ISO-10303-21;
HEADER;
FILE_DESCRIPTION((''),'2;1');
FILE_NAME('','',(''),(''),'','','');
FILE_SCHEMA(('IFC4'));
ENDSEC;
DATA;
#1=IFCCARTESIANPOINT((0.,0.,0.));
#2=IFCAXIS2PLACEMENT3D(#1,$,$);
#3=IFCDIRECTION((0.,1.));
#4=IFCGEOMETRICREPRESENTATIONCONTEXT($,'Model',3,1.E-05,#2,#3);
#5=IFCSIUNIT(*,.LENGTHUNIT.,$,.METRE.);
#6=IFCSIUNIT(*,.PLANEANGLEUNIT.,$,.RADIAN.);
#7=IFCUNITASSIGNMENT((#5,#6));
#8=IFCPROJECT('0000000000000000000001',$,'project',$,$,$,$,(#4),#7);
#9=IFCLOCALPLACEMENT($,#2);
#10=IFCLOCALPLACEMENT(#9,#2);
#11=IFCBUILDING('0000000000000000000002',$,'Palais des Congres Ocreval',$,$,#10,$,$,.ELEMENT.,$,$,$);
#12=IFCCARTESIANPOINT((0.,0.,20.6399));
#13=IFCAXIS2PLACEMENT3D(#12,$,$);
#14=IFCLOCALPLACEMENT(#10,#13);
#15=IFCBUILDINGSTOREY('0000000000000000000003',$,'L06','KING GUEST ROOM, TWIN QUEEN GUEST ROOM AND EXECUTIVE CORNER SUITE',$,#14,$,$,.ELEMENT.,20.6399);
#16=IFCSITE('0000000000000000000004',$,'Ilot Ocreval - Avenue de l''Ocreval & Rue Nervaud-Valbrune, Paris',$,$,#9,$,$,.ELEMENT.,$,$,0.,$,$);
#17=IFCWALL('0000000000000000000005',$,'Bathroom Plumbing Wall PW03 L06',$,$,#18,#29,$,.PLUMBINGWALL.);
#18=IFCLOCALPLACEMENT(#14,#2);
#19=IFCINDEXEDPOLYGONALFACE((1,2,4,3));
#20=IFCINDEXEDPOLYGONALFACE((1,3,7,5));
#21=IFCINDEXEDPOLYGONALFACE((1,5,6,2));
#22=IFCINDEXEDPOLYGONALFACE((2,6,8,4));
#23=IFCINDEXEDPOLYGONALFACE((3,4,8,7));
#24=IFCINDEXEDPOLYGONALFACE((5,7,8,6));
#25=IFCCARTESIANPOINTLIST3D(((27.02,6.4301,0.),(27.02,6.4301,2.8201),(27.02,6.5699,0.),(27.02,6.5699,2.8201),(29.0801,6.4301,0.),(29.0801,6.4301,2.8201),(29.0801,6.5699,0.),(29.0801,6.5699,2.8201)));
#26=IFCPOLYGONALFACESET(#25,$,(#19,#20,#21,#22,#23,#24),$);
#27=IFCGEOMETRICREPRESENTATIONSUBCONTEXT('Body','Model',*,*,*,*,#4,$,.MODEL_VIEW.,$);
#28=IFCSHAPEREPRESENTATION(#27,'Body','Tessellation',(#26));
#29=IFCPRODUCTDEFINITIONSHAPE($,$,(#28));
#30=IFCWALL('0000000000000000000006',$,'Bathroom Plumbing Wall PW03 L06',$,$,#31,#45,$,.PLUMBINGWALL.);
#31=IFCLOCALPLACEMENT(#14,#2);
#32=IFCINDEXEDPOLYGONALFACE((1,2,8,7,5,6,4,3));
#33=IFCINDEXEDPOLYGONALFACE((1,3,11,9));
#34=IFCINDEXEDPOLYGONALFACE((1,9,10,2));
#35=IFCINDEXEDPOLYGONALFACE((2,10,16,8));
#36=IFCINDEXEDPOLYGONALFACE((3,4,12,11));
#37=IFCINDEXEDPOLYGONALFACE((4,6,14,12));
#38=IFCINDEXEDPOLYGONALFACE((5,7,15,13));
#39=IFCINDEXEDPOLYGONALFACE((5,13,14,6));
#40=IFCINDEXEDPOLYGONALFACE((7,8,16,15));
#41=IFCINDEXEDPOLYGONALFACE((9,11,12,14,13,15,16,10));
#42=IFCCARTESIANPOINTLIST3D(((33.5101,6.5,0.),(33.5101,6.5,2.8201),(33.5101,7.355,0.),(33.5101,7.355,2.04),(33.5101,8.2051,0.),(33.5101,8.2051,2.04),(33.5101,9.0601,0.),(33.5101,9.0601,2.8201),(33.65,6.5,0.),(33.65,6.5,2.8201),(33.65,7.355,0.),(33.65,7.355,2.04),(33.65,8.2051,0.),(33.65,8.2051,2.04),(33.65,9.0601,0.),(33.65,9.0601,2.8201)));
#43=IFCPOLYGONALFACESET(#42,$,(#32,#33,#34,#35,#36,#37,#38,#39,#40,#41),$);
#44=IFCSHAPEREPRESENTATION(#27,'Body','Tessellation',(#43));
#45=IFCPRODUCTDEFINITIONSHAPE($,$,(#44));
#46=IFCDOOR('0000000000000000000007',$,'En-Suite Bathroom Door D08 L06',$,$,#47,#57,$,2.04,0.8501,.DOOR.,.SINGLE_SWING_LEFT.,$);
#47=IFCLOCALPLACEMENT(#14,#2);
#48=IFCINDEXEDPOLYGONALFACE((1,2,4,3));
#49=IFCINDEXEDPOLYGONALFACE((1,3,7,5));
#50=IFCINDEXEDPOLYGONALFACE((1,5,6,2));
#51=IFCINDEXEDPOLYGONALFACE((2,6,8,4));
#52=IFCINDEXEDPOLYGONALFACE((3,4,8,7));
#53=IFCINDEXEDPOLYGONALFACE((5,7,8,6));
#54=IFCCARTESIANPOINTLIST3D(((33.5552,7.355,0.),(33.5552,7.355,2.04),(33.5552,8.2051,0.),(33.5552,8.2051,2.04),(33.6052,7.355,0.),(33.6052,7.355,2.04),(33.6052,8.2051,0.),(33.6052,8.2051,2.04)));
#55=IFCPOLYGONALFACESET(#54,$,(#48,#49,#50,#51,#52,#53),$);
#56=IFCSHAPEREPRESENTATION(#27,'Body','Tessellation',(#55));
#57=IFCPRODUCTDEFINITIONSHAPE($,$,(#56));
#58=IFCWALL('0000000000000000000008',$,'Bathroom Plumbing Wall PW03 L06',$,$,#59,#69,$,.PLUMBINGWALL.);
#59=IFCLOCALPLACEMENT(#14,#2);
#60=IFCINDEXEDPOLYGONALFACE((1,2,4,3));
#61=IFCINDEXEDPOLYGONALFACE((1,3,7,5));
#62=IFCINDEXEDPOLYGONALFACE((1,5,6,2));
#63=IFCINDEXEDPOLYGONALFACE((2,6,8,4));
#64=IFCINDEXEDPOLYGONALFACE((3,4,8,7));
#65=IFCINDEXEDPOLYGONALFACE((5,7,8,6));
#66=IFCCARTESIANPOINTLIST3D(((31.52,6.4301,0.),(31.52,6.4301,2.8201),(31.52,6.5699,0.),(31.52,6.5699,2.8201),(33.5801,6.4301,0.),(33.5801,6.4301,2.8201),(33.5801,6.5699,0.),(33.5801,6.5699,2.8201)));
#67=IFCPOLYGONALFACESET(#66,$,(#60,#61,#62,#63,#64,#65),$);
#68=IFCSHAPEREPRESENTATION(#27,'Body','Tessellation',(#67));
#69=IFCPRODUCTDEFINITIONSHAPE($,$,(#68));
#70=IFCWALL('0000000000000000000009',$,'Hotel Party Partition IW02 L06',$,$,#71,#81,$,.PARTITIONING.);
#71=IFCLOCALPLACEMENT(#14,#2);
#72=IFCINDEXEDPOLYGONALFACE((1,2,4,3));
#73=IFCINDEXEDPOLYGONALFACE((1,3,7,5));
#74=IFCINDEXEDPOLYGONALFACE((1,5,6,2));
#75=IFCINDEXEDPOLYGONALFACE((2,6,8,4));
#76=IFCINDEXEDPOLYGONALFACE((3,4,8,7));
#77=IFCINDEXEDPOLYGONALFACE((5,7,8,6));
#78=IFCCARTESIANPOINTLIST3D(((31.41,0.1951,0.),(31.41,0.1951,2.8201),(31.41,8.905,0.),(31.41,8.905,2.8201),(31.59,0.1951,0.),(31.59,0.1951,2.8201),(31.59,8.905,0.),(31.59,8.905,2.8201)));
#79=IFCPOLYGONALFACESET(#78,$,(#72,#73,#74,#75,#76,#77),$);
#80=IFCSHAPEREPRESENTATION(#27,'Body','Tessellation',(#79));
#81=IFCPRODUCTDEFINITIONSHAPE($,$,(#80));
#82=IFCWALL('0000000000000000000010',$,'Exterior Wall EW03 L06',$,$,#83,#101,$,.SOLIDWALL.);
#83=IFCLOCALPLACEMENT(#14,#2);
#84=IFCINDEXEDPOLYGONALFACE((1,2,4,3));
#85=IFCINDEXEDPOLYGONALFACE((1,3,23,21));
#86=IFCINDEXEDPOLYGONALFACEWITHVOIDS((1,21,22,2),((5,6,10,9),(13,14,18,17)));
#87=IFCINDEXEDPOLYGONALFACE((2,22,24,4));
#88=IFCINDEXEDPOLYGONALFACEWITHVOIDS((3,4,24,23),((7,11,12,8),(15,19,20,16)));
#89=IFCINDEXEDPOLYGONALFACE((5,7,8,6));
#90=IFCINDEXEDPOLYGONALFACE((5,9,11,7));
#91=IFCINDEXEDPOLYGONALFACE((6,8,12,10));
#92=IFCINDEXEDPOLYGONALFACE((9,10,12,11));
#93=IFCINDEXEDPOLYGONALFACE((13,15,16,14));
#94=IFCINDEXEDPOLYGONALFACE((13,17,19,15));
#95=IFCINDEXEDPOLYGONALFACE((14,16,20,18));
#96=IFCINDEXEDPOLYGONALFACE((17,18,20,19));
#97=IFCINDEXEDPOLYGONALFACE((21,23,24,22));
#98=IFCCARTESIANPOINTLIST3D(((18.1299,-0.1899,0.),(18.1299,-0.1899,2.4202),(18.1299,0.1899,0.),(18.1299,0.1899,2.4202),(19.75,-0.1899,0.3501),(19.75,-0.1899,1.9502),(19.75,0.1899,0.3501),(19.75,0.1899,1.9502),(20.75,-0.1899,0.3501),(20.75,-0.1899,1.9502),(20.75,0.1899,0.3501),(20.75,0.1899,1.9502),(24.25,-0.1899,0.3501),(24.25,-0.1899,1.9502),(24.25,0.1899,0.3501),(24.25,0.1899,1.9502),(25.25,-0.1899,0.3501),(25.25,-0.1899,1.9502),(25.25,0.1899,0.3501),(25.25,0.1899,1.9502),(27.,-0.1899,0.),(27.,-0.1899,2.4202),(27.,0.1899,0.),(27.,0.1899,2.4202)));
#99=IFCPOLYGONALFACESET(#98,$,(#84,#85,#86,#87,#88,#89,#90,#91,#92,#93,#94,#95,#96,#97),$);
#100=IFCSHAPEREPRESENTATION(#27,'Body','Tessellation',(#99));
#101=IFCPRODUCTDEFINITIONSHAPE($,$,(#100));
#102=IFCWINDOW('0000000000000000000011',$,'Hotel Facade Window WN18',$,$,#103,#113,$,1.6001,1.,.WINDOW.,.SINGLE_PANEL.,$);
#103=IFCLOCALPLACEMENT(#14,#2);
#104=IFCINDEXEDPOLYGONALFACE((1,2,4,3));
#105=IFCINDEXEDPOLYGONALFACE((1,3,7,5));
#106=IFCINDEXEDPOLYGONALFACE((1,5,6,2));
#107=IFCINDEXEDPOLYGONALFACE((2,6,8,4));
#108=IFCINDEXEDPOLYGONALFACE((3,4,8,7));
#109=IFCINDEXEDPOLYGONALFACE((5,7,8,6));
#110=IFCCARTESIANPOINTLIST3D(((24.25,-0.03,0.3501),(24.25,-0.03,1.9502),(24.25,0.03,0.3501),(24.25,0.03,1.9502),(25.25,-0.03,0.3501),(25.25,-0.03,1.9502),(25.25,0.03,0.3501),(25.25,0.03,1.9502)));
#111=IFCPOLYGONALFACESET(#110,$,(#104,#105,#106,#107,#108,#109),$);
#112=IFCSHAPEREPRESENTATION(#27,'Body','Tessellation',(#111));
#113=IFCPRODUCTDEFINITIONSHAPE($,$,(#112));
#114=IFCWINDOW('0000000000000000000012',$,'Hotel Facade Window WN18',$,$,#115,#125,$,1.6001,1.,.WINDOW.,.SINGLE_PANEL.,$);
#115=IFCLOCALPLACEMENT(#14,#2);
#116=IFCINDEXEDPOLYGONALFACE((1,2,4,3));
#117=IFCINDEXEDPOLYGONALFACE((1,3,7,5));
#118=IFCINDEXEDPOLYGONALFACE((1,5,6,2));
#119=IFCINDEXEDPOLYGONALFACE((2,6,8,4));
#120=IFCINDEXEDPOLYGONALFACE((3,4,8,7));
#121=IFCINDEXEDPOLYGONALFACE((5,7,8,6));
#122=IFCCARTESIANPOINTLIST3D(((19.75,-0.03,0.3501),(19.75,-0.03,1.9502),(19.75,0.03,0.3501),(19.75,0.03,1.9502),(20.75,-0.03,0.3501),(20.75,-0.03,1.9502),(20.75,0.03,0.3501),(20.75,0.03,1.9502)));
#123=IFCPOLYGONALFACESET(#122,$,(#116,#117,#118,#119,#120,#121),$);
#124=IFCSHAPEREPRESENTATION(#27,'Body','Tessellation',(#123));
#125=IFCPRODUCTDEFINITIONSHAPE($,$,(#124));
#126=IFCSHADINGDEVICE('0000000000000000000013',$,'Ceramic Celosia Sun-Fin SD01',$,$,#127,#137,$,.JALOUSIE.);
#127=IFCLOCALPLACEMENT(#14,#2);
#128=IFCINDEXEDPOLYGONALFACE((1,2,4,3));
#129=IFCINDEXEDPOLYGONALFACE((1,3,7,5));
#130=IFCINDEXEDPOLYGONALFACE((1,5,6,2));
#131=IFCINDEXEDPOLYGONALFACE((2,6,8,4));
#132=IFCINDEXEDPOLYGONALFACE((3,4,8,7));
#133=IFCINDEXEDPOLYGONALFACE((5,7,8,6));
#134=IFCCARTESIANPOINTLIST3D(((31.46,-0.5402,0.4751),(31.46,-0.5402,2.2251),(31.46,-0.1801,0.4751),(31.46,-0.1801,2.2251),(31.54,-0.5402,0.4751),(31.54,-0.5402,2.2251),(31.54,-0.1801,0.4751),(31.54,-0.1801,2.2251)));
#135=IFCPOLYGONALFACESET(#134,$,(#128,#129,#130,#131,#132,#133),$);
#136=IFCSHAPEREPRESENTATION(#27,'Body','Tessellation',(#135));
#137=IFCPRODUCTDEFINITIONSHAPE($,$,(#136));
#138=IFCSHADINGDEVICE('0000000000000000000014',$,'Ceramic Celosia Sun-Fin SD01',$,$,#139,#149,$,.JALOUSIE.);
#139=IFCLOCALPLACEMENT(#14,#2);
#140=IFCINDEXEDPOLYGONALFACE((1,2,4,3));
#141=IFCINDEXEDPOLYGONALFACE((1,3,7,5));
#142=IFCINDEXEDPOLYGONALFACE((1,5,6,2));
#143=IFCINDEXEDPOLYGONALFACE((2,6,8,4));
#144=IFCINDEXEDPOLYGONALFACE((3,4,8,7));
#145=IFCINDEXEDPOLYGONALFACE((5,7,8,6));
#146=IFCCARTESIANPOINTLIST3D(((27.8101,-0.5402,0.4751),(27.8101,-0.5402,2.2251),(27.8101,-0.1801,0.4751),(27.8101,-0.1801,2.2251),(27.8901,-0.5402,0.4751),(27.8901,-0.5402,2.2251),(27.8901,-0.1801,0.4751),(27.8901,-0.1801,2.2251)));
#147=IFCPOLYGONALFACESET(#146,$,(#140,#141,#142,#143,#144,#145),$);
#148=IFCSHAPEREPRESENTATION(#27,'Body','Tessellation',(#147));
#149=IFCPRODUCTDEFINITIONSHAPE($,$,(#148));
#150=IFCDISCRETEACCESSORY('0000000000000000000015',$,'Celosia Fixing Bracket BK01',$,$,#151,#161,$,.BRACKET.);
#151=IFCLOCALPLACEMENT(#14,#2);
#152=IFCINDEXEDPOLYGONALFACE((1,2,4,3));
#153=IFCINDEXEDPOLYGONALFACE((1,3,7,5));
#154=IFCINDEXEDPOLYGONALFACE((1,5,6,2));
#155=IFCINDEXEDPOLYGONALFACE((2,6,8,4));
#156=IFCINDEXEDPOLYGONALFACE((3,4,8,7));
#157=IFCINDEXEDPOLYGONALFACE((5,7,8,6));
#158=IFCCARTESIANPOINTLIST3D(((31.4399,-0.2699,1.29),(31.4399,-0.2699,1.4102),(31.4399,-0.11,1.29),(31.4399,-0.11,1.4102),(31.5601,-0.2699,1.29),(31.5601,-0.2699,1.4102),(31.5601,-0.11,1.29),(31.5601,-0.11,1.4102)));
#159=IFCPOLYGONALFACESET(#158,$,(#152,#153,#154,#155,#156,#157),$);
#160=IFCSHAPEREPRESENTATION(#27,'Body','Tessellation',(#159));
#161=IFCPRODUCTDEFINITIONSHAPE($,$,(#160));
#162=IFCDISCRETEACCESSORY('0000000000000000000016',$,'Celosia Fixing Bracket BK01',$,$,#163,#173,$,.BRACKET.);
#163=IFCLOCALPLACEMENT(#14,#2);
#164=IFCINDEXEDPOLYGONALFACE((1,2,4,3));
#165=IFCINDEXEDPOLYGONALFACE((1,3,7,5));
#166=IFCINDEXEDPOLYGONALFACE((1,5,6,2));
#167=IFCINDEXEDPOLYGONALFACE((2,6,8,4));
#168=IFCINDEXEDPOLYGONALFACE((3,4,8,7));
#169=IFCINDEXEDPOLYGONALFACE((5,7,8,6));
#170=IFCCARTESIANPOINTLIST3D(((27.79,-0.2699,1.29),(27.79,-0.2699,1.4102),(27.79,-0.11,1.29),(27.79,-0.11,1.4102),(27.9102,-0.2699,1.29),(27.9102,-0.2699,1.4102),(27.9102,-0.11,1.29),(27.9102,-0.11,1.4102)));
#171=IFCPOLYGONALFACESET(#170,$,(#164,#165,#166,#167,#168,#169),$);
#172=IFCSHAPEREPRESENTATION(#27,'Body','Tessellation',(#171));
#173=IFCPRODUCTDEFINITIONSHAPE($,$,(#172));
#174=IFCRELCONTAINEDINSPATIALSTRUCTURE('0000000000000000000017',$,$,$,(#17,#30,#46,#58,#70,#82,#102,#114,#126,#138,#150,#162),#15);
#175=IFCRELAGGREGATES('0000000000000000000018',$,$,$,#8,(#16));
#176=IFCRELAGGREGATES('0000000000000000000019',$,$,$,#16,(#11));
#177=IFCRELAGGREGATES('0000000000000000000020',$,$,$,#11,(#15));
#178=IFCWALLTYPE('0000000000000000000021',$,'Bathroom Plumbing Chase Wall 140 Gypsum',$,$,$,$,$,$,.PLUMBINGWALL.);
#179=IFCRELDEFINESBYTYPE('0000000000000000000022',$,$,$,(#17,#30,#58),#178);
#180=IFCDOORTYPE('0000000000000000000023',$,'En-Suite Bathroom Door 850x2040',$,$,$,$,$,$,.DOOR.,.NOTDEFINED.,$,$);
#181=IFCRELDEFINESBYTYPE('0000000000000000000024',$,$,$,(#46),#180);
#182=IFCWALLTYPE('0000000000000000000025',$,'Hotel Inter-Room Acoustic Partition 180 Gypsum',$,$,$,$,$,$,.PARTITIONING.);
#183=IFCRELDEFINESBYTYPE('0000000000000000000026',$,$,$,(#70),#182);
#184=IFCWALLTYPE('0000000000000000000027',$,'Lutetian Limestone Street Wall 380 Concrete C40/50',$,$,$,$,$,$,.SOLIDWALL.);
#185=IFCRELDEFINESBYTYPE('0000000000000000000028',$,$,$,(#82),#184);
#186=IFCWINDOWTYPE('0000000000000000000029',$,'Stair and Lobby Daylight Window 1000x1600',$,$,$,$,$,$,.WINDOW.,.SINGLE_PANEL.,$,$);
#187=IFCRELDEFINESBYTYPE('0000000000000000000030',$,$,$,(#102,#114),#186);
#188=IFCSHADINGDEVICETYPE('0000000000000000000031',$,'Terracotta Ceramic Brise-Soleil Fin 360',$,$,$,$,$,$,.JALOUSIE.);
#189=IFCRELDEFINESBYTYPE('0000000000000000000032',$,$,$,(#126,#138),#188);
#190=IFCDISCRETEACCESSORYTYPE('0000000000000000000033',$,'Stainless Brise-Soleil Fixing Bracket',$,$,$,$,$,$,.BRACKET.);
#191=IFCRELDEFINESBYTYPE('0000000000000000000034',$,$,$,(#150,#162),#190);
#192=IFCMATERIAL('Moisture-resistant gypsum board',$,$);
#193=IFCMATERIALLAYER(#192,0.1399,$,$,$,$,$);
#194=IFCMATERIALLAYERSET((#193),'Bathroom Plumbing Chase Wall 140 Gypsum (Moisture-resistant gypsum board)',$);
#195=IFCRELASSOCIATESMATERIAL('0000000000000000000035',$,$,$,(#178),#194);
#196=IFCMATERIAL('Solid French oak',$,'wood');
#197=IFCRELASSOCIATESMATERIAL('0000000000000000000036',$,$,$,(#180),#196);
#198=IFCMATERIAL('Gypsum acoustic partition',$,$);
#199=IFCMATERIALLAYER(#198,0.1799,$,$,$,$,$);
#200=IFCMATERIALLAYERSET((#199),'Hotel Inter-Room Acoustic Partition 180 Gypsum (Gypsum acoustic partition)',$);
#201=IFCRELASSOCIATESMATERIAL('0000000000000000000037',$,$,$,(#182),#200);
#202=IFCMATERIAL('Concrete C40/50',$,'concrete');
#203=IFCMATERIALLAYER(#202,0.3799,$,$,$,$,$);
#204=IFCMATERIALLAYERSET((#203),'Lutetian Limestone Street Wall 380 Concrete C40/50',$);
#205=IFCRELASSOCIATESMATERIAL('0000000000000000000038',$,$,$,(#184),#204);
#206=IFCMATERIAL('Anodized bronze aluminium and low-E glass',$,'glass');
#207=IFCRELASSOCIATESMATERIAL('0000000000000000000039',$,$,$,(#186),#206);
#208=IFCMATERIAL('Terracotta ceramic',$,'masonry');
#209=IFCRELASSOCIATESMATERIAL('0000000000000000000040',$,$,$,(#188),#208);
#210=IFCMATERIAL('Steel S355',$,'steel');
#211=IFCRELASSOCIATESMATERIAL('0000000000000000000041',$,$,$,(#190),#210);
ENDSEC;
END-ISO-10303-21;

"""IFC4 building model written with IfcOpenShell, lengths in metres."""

from ifc_helpers import new_model, si_unit, direction, frame, frame_2d, origin, origin_2d, place, context, subcontext, project, spatial, rectangle, extrude, material, layer, layer_set, type_object, element, fill, save


model = new_model("IFC4")

# Units and contexts
model_context = context("Model", 3, precision=1e-05, world=origin(), true_north=direction((0.0, 1.0)))
body_context = subcontext(model_context, "Body", "Model", "MODEL_VIEW")
ifc_project = project(units=[si_unit("LENGTHUNIT", "METRE"), si_unit("PLANEANGLEUNIT", "RADIAN")], contexts=[model_context])

# Site, building, storey
site_placement = place(None, origin())
site = spatial("IfcSite", under=ifc_project, at=site_placement, Name="Ilot Ocreval - Avenue de l'Ocreval & Rue Nervaud-Valbrune, Paris", CompositionType="ELEMENT", RefElevation=0.0)
building_placement = place(site_placement, origin())
building = spatial("IfcBuilding", under=site, at=building_placement, Name="Palais des Congres Ocreval", CompositionType="ELEMENT")
storey_placement = place(building_placement, frame((0.0, 0.0, 20.6399)))
storey = spatial("IfcBuildingStorey", under=building, at=storey_placement, Name="L06", Description="KING GUEST ROOM, TWIN QUEEN GUEST ROOM AND EXECUTIVE CORNER SUITE", CompositionType="ELEMENT", Elevation=20.6399)

# Shared definitions
ifc_material_1 = material(Name="Steel S355", Category="steel")
ifc_material_2 = material(Name="Concrete C40/50", Category="concrete")

# Shared definitions
ifc_material_3 = material(Name="Moisture-resistant gypsum board")
ifc_layer_1 = layer(ifc_material_3, 0.1399)
ifc_layer_set_1 = layer_set([ifc_layer_1], Name="Bathroom Plumbing Chase Wall 140 Gypsum (Moisture-resistant gypsum board)")
wall_type_1 = type_object("IfcWallType", Name="Bathroom Plumbing Chase Wall 140 Gypsum", PredefinedType="PLUMBINGWALL", material=ifc_layer_set_1)
ifc_material_4 = material(Name="Solid French oak", Category="wood")
door_type = type_object("IfcDoorType", Name="En-Suite Bathroom Door 850x2040", OperationType="NOTDEFINED", PredefinedType="DOOR", material=ifc_material_4)

# Wall
wall_1_placement = place(storey_placement, frame((27.02, 6.5, 0.0), z_axis=(0.0, 0.0, 1.0), x_axis=(1.0, 0.0, 0.0)))
element("IfcWall", 1, at=wall_1_placement, inside=storey, type_object=wall_type_1, Name="Bathroom Plumbing Wall PW03 L06", PredefinedType="PLUMBINGWALL", context=body_context, shape_type="SweptSolid", body=[
    extrude(rectangle(XDim=2.0601, YDim=0.1399, at=frame_2d((1.03, 0.0))), origin(), (0.0, 0.0, 1.0), 2.8201),
])

# Wall, opening, door
wall_2_placement = place(storey_placement, frame((33.5801, 6.5, 0.0), z_axis=(0.0, 0.0, 1.0), x_axis=(0.0, 1.0, 0.0)))
wall_2 = element("IfcWall", 2, at=wall_2_placement, inside=storey, type_object=wall_type_1, Name="Bathroom Plumbing Wall PW03 L06", PredefinedType="PLUMBINGWALL", context=body_context, shape_type="SweptSolid", body=[
    extrude(rectangle(XDim=2.5601, YDim=0.1399, at=frame_2d((1.28, 0.0))), origin(), (0.0, 0.0, 1.0), 2.8201),
])
opening_1_placement = place(wall_2_placement, frame((0.855, 0.0, 0.0)))
opening_1 = element("IfcOpeningElement", 3, at=opening_1_placement, cuts=wall_2, PredefinedType="OPENING", context=body_context, shape_type="SweptSolid", body=[
    extrude(rectangle(XDim=0.8501, YDim=2.04, at=frame_2d((0.425, 1.02))), frame((0.0, 0.0798, 0.0), z_axis=(0.0, -1.0, 0.0), x_axis=(1.0, 0.0, 0.0)), (0.0, 0.0, 1.0), 0.1599),
])
door_1_placement = place(opening_1_placement, origin())
door_1 = element("IfcDoor", 4, at=door_1_placement, inside=storey, type_object=door_type, Name="En-Suite Bathroom Door D08 L06", OperationType="SINGLE_SWING_LEFT", OverallHeight=2.04, OverallWidth=0.8501, PredefinedType="DOOR", context=body_context, shape_type="SweptSolid", body=[
    extrude(rectangle(XDim=0.8501, YDim=2.04, at=frame_2d((0.425, 1.02))), frame((0.0, 0.0249, 0.0), z_axis=(0.0, -1.0, 0.0), x_axis=(1.0, 0.0, 0.0)), (0.0, 0.0, 1.0), 0.05),
])
fill(opening_1, door_1)

# Walls
wall_3_placement = place(storey_placement, frame((31.52, 6.5, 0.0), z_axis=(0.0, 0.0, 1.0), x_axis=(1.0, 0.0, 0.0)))
element("IfcWall", 5, at=wall_3_placement, inside=storey, type_object=wall_type_1, Name="Bathroom Plumbing Wall PW03 L06", PredefinedType="PLUMBINGWALL", context=body_context, shape_type="SweptSolid", body=[
    extrude(rectangle(XDim=2.0601, YDim=0.1399, at=frame_2d((1.03, 0.0))), origin(), (0.0, 0.0, 1.0), 2.8201),
])
ifc_material_5 = material(Name="Gypsum acoustic partition")
ifc_layer_2 = layer(ifc_material_5, 0.1799)
ifc_layer_set_2 = layer_set([ifc_layer_2], Name="Hotel Inter-Room Acoustic Partition 180 Gypsum (Gypsum acoustic partition)")
wall_type_2 = type_object("IfcWallType", Name="Hotel Inter-Room Acoustic Partition 180 Gypsum", PredefinedType="PARTITIONING", material=ifc_layer_set_2)
wall_4_placement = place(storey_placement, frame((31.5, 0.1951, 0.0), z_axis=(0.0, 0.0, 1.0), x_axis=(0.0, 1.0, 0.0)))
element("IfcWall", 6, at=wall_4_placement, inside=storey, type_object=wall_type_2, Name="Hotel Party Partition IW02 L06", PredefinedType="PARTITIONING", context=body_context, shape_type="SweptSolid", body=[
    extrude(rectangle(XDim=8.71, YDim=0.1799, at=frame_2d((4.355, 0.0))), origin(), (0.0, 0.0, 1.0), 2.8201),
])

# Wall, openings, windows
ifc_layer_3 = layer(ifc_material_2, 0.3799)
ifc_layer_set_3 = layer_set([ifc_layer_3], Name="Lutetian Limestone Street Wall 380 Concrete C40/50")
wall_type_3 = type_object("IfcWallType", Name="Lutetian Limestone Street Wall 380 Concrete C40/50", PredefinedType="SOLIDWALL", material=ifc_layer_set_3)
wall_5_placement = place(storey_placement, frame((27.0, 0.0, 0.0), z_axis=(0.0, 0.0, 1.0), x_axis=(-1.0, 0.0, 0.0)))
wall_5 = element("IfcWall", 7, at=wall_5_placement, inside=storey, type_object=wall_type_3, Name="Exterior Wall EW03 L06", PredefinedType="SOLIDWALL", context=body_context, shape_type="SweptSolid", body=[
    extrude(rectangle(XDim=8.8701, YDim=0.3799, at=frame_2d((4.4351, 0.0))), origin(), (0.0, 0.0, 1.0), 2.4202),
])
opening_2_placement = place(wall_5_placement, frame((1.75, 0.0, 0.3501)))
opening_2 = element("IfcOpeningElement", 8, at=opening_2_placement, cuts=wall_5, PredefinedType="OPENING", context=body_context, shape_type="SweptSolid", body=[
    extrude(rectangle(XDim=1.0, YDim=1.6001, at=frame_2d((0.5, 0.8))), frame((0.0, 0.2, 0.0), z_axis=(0.0, -1.0, 0.0), x_axis=(1.0, 0.0, 0.0)), (0.0, 0.0, 1.0), 0.3999),
])
opening_3_placement = place(wall_5_placement, frame((6.25, 0.0, 0.3501)))
opening_3 = element("IfcOpeningElement", 9, at=opening_3_placement, cuts=wall_5, PredefinedType="OPENING", context=body_context, shape_type="SweptSolid", body=[
    extrude(rectangle(XDim=1.0, YDim=1.6001, at=frame_2d((0.5, 0.8))), frame((0.0, 0.2, 0.0), z_axis=(0.0, -1.0, 0.0), x_axis=(1.0, 0.0, 0.0)), (0.0, 0.0, 1.0), 0.3999),
])
ifc_material_6 = material(Name="Anodized bronze aluminium and low-E glass", Category="glass")
window_type = type_object("IfcWindowType", Name="Stair and Lobby Daylight Window 1000x1600", PartitioningType="SINGLE_PANEL", PredefinedType="WINDOW", material=ifc_material_6)
window_1_placement = place(opening_2_placement, origin())
window_1 = element("IfcWindow", 10, at=window_1_placement, inside=storey, type_object=window_type, Name="Hotel Facade Window WN18", OverallHeight=1.6001, OverallWidth=1.0, PartitioningType="SINGLE_PANEL", PredefinedType="WINDOW", context=body_context, shape_type="SweptSolid", body=[
    extrude(rectangle(XDim=1.0, YDim=1.6001, at=frame_2d((0.5, 0.8))), frame((0.0, 0.03, 0.0), z_axis=(0.0, -1.0, 0.0), x_axis=(1.0, 0.0, 0.0)), (0.0, 0.0, 1.0), 0.0601),
])
fill(opening_2, window_1)
window_2_placement = place(opening_3_placement, origin())
window_2 = element("IfcWindow", 11, at=window_2_placement, inside=storey, type_object=window_type, Name="Hotel Facade Window WN18", OverallHeight=1.6001, OverallWidth=1.0, PartitioningType="SINGLE_PANEL", PredefinedType="WINDOW", context=body_context, shape_type="SweptSolid", body=[
    extrude(rectangle(XDim=1.0, YDim=1.6001, at=frame_2d((0.5, 0.8))), frame((0.0, 0.03, 0.0), z_axis=(0.0, -1.0, 0.0), x_axis=(1.0, 0.0, 0.0)), (0.0, 0.0, 1.0), 0.0601),
])
fill(opening_3, window_2)

# Shading devices
ifc_material_7 = material(Name="Terracotta ceramic", Category="masonry")
shading_device_type = type_object("IfcShadingDeviceType", Name="Terracotta Ceramic Brise-Soleil Fin 360", PredefinedType="JALOUSIE", material=ifc_material_7)
for number, where, z_axis, x_axis, name in (
    (12, (31.5, -0.3601, 0.4751), (0.0, 0.0, 1.0), (0.0, -1.0, 0.0), "Ceramic Celosia Sun-Fin SD01"),
    (13, (27.8501, -0.3601, 0.4751), (0.0, 0.0, 1.0), (0.0, -1.0, 0.0), "Ceramic Celosia Sun-Fin SD01"),
):
    element("IfcShadingDevice", number, at=place(storey_placement, frame(where, z_axis=z_axis, x_axis=x_axis)), inside=storey, type_object=shading_device_type, Name=name, PredefinedType="JALOUSIE", context=body_context, shape_type="SweptSolid", body=[
        extrude(rectangle(XDim=0.3601, YDim=0.0801, at=origin_2d()), origin(), (0.0, 0.0, 1.0), 1.75),
    ])

# Discrete accessories
discrete_accessory_type = type_object("IfcDiscreteAccessoryType", Name="Stainless Brise-Soleil Fixing Bracket", PredefinedType="BRACKET", material=ifc_material_1)
for number, where, z_axis, x_axis, name in (
    (14, (31.5, -0.1899, 1.29), (0.0, 0.0, 1.0), (0.0, -1.0, 0.0), "Celosia Fixing Bracket BK01"),
    (15, (27.8501, -0.1899, 1.29), (0.0, 0.0, 1.0), (0.0, -1.0, 0.0), "Celosia Fixing Bracket BK01"),
):
    element("IfcDiscreteAccessory", number, at=place(storey_placement, frame(where, z_axis=z_axis, x_axis=x_axis)), inside=storey, type_object=discrete_accessory_type, Name=name, PredefinedType="BRACKET", context=body_context, shape_type="SweptSolid", body=[
        extrude(rectangle(XDim=0.1599, YDim=0.1201, at=origin_2d()), origin(), (0.0, 0.0, 1.0), 0.1201),
    ])

save(model, "model.ifc")
